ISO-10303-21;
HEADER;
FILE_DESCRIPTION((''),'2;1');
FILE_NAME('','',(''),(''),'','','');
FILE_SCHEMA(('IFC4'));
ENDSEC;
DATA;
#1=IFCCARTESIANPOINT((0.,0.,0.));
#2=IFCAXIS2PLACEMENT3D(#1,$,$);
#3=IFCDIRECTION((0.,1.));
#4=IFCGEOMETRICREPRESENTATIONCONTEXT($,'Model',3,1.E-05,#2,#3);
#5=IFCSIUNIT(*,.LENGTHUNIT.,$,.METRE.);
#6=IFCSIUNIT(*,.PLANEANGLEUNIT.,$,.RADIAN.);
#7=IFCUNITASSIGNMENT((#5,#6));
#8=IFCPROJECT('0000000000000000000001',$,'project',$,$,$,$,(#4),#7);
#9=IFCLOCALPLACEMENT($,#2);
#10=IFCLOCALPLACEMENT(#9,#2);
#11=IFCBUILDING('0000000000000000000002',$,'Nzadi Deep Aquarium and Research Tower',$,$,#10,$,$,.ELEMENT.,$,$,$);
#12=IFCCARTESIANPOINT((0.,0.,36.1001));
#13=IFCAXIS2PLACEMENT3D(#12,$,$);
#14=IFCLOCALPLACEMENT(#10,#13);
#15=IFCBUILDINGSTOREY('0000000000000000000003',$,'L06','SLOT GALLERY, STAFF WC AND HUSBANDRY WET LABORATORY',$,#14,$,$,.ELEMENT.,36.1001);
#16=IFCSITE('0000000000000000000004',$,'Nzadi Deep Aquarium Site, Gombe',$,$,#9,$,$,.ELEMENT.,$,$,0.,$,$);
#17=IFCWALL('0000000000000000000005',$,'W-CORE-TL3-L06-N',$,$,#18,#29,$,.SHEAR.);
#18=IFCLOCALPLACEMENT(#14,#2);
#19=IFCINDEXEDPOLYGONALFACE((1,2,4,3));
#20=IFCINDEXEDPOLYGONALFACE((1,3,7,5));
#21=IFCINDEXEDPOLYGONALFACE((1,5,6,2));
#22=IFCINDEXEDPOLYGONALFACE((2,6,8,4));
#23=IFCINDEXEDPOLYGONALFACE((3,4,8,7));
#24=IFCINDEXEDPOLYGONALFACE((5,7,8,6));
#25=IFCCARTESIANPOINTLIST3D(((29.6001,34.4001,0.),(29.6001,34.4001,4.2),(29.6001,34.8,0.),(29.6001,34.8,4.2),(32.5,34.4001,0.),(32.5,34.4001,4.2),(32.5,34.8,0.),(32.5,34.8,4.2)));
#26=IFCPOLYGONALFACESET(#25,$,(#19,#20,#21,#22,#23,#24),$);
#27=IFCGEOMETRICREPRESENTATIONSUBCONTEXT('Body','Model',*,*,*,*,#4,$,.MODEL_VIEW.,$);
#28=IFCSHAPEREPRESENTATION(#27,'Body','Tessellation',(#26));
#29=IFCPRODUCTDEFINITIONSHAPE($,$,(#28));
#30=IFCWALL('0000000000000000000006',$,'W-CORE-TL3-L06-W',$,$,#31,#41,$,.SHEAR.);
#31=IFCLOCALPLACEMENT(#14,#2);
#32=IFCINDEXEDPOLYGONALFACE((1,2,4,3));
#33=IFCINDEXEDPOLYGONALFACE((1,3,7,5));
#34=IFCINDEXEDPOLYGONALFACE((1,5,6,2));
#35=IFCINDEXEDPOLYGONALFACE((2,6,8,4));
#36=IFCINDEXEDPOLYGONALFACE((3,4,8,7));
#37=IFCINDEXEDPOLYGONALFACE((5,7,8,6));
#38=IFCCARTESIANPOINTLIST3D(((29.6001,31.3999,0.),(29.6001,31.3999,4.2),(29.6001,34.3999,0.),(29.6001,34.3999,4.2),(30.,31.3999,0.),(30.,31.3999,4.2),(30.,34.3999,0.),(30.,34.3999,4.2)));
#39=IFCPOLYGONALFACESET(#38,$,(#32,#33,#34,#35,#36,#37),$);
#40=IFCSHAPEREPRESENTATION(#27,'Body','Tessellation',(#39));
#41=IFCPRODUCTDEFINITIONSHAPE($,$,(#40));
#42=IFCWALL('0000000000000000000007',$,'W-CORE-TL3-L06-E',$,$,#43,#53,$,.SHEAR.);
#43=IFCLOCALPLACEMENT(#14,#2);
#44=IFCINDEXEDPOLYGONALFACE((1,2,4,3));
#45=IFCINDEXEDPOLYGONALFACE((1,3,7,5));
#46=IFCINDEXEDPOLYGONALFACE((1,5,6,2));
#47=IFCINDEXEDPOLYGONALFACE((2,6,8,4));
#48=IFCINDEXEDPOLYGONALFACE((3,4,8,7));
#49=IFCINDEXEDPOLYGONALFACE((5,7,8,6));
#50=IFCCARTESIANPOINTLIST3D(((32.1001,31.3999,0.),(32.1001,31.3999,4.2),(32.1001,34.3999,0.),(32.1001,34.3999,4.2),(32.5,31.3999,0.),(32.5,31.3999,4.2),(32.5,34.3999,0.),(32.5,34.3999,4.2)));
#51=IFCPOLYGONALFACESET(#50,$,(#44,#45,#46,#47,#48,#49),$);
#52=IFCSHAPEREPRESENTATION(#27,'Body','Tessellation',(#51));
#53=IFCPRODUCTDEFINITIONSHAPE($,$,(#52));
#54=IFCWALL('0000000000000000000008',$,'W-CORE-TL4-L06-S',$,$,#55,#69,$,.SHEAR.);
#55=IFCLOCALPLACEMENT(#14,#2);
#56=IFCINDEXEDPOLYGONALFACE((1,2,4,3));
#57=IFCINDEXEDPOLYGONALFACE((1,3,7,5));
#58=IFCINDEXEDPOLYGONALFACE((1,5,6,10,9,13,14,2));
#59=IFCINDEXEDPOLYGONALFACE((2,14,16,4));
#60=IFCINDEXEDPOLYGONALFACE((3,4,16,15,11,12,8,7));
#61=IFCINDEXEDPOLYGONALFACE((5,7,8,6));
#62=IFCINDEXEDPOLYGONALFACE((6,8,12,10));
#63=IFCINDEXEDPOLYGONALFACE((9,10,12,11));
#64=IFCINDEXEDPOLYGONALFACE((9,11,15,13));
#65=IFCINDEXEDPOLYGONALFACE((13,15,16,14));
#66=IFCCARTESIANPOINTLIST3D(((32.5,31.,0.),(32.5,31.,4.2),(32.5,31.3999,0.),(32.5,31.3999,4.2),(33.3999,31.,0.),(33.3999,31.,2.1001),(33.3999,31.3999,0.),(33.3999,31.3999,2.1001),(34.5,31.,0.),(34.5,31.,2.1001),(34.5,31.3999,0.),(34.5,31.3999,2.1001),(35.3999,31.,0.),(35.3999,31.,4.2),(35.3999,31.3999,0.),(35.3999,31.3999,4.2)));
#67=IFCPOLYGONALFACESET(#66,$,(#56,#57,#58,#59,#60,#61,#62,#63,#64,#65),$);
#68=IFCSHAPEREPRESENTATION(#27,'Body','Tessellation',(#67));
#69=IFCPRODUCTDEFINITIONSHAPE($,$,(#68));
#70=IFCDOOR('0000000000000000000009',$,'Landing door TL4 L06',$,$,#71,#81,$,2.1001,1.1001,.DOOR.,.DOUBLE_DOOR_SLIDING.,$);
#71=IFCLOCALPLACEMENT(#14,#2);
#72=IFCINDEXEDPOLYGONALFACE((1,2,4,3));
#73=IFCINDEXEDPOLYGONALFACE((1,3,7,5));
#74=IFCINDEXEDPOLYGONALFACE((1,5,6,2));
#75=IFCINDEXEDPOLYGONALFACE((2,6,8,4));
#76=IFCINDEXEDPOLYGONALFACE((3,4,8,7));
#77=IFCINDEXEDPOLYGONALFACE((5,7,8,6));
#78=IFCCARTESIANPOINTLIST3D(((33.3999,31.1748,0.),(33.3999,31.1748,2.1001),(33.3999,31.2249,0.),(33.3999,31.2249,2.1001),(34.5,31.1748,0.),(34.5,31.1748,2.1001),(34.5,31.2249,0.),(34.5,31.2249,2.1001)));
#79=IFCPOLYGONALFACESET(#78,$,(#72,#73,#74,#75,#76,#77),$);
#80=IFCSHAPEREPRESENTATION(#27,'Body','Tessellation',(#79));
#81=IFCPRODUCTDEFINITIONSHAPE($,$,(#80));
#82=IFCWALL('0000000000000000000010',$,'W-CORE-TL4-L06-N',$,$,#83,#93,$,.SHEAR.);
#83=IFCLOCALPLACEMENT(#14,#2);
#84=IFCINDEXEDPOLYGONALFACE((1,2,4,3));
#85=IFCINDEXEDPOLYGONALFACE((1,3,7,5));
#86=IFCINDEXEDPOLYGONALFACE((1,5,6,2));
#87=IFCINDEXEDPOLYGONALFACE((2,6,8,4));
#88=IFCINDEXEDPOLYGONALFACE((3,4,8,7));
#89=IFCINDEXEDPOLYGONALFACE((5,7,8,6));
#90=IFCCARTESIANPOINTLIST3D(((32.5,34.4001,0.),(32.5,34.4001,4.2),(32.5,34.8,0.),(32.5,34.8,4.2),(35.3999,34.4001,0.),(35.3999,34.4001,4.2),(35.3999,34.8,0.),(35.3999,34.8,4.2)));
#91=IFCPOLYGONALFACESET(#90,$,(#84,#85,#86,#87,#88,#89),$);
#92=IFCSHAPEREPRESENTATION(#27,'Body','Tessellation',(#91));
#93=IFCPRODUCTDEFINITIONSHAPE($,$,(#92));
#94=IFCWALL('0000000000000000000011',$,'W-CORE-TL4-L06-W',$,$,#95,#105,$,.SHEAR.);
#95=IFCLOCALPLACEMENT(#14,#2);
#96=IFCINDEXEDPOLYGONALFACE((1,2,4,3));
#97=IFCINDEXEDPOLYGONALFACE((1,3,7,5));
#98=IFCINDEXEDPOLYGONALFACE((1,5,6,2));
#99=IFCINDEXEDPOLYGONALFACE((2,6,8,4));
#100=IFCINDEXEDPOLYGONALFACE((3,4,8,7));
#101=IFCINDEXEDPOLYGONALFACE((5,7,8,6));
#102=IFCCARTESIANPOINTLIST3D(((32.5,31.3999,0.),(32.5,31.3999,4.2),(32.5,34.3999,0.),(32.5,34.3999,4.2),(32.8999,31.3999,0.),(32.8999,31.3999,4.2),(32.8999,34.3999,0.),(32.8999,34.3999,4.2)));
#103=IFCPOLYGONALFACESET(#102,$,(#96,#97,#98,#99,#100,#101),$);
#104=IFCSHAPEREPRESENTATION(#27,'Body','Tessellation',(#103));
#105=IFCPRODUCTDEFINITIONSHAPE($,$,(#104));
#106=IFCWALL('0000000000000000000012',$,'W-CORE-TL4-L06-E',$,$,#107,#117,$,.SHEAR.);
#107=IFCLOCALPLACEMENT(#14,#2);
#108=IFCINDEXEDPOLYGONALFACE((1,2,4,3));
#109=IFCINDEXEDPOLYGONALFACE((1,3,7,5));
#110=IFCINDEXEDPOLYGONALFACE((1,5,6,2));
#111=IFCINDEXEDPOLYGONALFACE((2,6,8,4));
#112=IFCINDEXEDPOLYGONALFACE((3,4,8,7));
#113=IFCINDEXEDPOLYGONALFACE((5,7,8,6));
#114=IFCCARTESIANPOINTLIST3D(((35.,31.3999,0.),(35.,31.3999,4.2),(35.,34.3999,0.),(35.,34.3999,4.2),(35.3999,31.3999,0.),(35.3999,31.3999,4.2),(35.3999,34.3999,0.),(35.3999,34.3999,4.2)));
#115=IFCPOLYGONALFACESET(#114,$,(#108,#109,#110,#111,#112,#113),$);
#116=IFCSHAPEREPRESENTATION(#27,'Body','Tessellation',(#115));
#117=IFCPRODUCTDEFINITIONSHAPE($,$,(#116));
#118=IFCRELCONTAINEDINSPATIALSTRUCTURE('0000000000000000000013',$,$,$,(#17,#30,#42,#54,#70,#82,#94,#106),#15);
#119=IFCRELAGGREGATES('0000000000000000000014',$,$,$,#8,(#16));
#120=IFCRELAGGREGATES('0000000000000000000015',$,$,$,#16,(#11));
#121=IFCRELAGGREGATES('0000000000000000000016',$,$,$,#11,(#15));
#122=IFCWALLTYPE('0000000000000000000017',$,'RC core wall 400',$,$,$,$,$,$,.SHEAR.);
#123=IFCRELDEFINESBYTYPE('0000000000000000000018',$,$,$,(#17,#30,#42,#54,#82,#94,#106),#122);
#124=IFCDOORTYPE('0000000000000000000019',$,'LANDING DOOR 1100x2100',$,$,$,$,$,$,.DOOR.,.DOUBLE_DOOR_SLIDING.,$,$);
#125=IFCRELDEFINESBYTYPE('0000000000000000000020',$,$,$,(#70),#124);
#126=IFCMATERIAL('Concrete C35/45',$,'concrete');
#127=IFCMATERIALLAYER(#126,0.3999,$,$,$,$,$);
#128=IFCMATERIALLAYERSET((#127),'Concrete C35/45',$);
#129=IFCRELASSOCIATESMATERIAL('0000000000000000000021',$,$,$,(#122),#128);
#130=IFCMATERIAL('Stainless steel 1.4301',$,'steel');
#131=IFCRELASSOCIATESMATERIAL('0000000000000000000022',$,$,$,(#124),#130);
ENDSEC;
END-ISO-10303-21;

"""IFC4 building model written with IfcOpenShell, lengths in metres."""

from ifc_helpers import new_model, si_unit, direction, frame, frame_2d, origin, place, context, subcontext, project, spatial, rectangle, extrude, material, layer, layer_set, type_object, element, fill, save


model = new_model("IFC4")

# Units and contexts
model_context = context("Model", 3, precision=1e-05, world=origin(), true_north=direction((0.0, 1.0)))
body_context = subcontext(model_context, "Body", "Model", "MODEL_VIEW")
ifc_project = project(units=[si_unit("LENGTHUNIT", "METRE"), si_unit("PLANEANGLEUNIT", "RADIAN")], contexts=[model_context])

# Site, building, storey
site_placement = place(None, origin())
site = spatial("IfcSite", under=ifc_project, at=site_placement, Name="Nzadi Deep Aquarium Site, Gombe", CompositionType="ELEMENT", RefElevation=0.0)
building_placement = place(site_placement, origin())
building = spatial("IfcBuilding", under=site, at=building_placement, Name="Nzadi Deep Aquarium and Research Tower", CompositionType="ELEMENT")
storey_placement = place(building_placement, frame((0.0, 0.0, 36.1001)))
storey = spatial("IfcBuildingStorey", under=building, at=storey_placement, Name="L06", Description="SLOT GALLERY, STAFF WC AND HUSBANDRY WET LABORATORY", CompositionType="ELEMENT", Elevation=36.1001)

# Walls
ifc_material_1 = material(Name="Concrete C35/45", Category="concrete")
ifc_layer_1 = layer(ifc_material_1, 0.3999)
ifc_layer_set_1 = layer_set([ifc_layer_1], Name="Concrete C35/45")
wall_type_1 = type_object("IfcWallType", Name="RC core wall 400", PredefinedType="SHEAR", material=ifc_layer_set_1)
wall_1_placement = place(storey_placement, frame((29.6001, 34.6001, 0.0), z_axis=(0.0, 0.0, 1.0), x_axis=(1.0, 0.0, 0.0)))
element("IfcWall", 1, at=wall_1_placement, inside=storey, type_object=wall_type_1, Name="W-CORE-TL3-L06-N", PredefinedType="SHEAR", context=body_context, shape_type="SweptSolid", body=[
    extrude(rectangle(XDim=2.8999, YDim=0.3999, at=frame_2d((1.45, 0.0))), origin(), (0.0, 0.0, 1.0), 4.2),
])
for number, where, z_axis, x_axis, name in (
    (2, (29.8, 31.3999, 0.0), (0.0, 0.0, 1.0), (0.0, 1.0, 0.0), "W-CORE-TL3-L06-W"),
    (3, (32.3, 31.3999, 0.0), (0.0, 0.0, 1.0), (0.0, 1.0, 0.0), "W-CORE-TL3-L06-E"),
):
    element("IfcWall", number, at=place(storey_placement, frame(where, z_axis=z_axis, x_axis=x_axis)), inside=storey, type_object=wall_type_1, Name=name, PredefinedType="SHEAR", context=body_context, shape_type="SweptSolid", body=[
        extrude(rectangle(XDim=3.0, YDim=0.3999, at=frame_2d((1.5, 0.0))), origin(), (0.0, 0.0, 1.0), 4.2),
    ])

# Wall, opening, door
wall_2_placement = place(storey_placement, frame((32.5, 31.2, 0.0), z_axis=(0.0, 0.0, 1.0), x_axis=(1.0, 0.0, 0.0)))
wall_2 = element("IfcWall", 4, at=wall_2_placement, inside=storey, type_object=wall_type_1, Name="W-CORE-TL4-L06-S", PredefinedType="SHEAR", context=body_context, shape_type="SweptSolid", body=[
    extrude(rectangle(XDim=2.8999, YDim=0.3999, at=frame_2d((1.45, 0.0))), origin(), (0.0, 0.0, 1.0), 4.2),
])
opening_1_placement = place(wall_2_placement, frame((0.8999, 0.0, 0.0)))
opening_1 = element("IfcOpeningElement", 5, at=opening_1_placement, cuts=wall_2, PredefinedType="OPENING", context=body_context, shape_type="SweptSolid", body=[
    extrude(rectangle(XDim=1.1001, YDim=2.1001, at=frame_2d((0.55, 1.05))), frame((0.0, 0.21, 0.0), z_axis=(0.0, -1.0, 0.0), x_axis=(1.0, 0.0, 0.0)), (0.0, 0.0, 1.0), 0.4199),
])
ifc_material_2 = material(Name="Stainless steel 1.4301", Category="steel")
door_type_1 = type_object("IfcDoorType", Name="LANDING DOOR 1100x2100", OperationType="DOUBLE_DOOR_SLIDING", PredefinedType="DOOR", material=ifc_material_2)
door_1_placement = place(opening_1_placement, origin())
door_1 = element("IfcDoor", 6, at=door_1_placement, inside=storey, type_object=door_type_1, Name="Landing door TL4 L06", OperationType="DOUBLE_DOOR_SLIDING", OverallHeight=2.1001, OverallWidth=1.1001, PredefinedType="DOOR", context=body_context, shape_type="SweptSolid", body=[
    extrude(rectangle(XDim=1.1001, YDim=2.1001, at=frame_2d((0.55, 1.05))), frame((0.0, 0.0249, 0.0), z_axis=(0.0, -1.0, 0.0), x_axis=(1.0, 0.0, 0.0)), (0.0, 0.0, 1.0), 0.05),
])
fill(opening_1, door_1)

# Walls
wall_3_placement = place(storey_placement, frame((32.5, 34.6001, 0.0), z_axis=(0.0, 0.0, 1.0), x_axis=(1.0, 0.0, 0.0)))
element("IfcWall", 7, at=wall_3_placement, inside=storey, type_object=wall_type_1, Name="W-CORE-TL4-L06-N", PredefinedType="SHEAR", context=body_context, shape_type="SweptSolid", body=[
    extrude(rectangle(XDim=2.8999, YDim=0.3999, at=frame_2d((1.45, 0.0))), origin(), (0.0, 0.0, 1.0), 4.2),
])
for number, where, z_axis, x_axis, name in (
    (8, (32.7, 31.3999, 0.0), (0.0, 0.0, 1.0), (0.0, 1.0, 0.0), "W-CORE-TL4-L06-W"),
    (9, (35.2, 31.3999, 0.0), (0.0, 0.0, 1.0), (0.0, 1.0, 0.0), "W-CORE-TL4-L06-E"),
):
    element("IfcWall", number, at=place(storey_placement, frame(where, z_axis=z_axis, x_axis=x_axis)), inside=storey, type_object=wall_type_1, Name=name, PredefinedType="SHEAR", context=body_context, shape_type="SweptSolid", body=[
        extrude(rectangle(XDim=3.0, YDim=0.3999, at=frame_2d((1.5, 0.0))), origin(), (0.0, 0.0, 1.0), 4.2),
    ])

save(model, "model.ifc")
